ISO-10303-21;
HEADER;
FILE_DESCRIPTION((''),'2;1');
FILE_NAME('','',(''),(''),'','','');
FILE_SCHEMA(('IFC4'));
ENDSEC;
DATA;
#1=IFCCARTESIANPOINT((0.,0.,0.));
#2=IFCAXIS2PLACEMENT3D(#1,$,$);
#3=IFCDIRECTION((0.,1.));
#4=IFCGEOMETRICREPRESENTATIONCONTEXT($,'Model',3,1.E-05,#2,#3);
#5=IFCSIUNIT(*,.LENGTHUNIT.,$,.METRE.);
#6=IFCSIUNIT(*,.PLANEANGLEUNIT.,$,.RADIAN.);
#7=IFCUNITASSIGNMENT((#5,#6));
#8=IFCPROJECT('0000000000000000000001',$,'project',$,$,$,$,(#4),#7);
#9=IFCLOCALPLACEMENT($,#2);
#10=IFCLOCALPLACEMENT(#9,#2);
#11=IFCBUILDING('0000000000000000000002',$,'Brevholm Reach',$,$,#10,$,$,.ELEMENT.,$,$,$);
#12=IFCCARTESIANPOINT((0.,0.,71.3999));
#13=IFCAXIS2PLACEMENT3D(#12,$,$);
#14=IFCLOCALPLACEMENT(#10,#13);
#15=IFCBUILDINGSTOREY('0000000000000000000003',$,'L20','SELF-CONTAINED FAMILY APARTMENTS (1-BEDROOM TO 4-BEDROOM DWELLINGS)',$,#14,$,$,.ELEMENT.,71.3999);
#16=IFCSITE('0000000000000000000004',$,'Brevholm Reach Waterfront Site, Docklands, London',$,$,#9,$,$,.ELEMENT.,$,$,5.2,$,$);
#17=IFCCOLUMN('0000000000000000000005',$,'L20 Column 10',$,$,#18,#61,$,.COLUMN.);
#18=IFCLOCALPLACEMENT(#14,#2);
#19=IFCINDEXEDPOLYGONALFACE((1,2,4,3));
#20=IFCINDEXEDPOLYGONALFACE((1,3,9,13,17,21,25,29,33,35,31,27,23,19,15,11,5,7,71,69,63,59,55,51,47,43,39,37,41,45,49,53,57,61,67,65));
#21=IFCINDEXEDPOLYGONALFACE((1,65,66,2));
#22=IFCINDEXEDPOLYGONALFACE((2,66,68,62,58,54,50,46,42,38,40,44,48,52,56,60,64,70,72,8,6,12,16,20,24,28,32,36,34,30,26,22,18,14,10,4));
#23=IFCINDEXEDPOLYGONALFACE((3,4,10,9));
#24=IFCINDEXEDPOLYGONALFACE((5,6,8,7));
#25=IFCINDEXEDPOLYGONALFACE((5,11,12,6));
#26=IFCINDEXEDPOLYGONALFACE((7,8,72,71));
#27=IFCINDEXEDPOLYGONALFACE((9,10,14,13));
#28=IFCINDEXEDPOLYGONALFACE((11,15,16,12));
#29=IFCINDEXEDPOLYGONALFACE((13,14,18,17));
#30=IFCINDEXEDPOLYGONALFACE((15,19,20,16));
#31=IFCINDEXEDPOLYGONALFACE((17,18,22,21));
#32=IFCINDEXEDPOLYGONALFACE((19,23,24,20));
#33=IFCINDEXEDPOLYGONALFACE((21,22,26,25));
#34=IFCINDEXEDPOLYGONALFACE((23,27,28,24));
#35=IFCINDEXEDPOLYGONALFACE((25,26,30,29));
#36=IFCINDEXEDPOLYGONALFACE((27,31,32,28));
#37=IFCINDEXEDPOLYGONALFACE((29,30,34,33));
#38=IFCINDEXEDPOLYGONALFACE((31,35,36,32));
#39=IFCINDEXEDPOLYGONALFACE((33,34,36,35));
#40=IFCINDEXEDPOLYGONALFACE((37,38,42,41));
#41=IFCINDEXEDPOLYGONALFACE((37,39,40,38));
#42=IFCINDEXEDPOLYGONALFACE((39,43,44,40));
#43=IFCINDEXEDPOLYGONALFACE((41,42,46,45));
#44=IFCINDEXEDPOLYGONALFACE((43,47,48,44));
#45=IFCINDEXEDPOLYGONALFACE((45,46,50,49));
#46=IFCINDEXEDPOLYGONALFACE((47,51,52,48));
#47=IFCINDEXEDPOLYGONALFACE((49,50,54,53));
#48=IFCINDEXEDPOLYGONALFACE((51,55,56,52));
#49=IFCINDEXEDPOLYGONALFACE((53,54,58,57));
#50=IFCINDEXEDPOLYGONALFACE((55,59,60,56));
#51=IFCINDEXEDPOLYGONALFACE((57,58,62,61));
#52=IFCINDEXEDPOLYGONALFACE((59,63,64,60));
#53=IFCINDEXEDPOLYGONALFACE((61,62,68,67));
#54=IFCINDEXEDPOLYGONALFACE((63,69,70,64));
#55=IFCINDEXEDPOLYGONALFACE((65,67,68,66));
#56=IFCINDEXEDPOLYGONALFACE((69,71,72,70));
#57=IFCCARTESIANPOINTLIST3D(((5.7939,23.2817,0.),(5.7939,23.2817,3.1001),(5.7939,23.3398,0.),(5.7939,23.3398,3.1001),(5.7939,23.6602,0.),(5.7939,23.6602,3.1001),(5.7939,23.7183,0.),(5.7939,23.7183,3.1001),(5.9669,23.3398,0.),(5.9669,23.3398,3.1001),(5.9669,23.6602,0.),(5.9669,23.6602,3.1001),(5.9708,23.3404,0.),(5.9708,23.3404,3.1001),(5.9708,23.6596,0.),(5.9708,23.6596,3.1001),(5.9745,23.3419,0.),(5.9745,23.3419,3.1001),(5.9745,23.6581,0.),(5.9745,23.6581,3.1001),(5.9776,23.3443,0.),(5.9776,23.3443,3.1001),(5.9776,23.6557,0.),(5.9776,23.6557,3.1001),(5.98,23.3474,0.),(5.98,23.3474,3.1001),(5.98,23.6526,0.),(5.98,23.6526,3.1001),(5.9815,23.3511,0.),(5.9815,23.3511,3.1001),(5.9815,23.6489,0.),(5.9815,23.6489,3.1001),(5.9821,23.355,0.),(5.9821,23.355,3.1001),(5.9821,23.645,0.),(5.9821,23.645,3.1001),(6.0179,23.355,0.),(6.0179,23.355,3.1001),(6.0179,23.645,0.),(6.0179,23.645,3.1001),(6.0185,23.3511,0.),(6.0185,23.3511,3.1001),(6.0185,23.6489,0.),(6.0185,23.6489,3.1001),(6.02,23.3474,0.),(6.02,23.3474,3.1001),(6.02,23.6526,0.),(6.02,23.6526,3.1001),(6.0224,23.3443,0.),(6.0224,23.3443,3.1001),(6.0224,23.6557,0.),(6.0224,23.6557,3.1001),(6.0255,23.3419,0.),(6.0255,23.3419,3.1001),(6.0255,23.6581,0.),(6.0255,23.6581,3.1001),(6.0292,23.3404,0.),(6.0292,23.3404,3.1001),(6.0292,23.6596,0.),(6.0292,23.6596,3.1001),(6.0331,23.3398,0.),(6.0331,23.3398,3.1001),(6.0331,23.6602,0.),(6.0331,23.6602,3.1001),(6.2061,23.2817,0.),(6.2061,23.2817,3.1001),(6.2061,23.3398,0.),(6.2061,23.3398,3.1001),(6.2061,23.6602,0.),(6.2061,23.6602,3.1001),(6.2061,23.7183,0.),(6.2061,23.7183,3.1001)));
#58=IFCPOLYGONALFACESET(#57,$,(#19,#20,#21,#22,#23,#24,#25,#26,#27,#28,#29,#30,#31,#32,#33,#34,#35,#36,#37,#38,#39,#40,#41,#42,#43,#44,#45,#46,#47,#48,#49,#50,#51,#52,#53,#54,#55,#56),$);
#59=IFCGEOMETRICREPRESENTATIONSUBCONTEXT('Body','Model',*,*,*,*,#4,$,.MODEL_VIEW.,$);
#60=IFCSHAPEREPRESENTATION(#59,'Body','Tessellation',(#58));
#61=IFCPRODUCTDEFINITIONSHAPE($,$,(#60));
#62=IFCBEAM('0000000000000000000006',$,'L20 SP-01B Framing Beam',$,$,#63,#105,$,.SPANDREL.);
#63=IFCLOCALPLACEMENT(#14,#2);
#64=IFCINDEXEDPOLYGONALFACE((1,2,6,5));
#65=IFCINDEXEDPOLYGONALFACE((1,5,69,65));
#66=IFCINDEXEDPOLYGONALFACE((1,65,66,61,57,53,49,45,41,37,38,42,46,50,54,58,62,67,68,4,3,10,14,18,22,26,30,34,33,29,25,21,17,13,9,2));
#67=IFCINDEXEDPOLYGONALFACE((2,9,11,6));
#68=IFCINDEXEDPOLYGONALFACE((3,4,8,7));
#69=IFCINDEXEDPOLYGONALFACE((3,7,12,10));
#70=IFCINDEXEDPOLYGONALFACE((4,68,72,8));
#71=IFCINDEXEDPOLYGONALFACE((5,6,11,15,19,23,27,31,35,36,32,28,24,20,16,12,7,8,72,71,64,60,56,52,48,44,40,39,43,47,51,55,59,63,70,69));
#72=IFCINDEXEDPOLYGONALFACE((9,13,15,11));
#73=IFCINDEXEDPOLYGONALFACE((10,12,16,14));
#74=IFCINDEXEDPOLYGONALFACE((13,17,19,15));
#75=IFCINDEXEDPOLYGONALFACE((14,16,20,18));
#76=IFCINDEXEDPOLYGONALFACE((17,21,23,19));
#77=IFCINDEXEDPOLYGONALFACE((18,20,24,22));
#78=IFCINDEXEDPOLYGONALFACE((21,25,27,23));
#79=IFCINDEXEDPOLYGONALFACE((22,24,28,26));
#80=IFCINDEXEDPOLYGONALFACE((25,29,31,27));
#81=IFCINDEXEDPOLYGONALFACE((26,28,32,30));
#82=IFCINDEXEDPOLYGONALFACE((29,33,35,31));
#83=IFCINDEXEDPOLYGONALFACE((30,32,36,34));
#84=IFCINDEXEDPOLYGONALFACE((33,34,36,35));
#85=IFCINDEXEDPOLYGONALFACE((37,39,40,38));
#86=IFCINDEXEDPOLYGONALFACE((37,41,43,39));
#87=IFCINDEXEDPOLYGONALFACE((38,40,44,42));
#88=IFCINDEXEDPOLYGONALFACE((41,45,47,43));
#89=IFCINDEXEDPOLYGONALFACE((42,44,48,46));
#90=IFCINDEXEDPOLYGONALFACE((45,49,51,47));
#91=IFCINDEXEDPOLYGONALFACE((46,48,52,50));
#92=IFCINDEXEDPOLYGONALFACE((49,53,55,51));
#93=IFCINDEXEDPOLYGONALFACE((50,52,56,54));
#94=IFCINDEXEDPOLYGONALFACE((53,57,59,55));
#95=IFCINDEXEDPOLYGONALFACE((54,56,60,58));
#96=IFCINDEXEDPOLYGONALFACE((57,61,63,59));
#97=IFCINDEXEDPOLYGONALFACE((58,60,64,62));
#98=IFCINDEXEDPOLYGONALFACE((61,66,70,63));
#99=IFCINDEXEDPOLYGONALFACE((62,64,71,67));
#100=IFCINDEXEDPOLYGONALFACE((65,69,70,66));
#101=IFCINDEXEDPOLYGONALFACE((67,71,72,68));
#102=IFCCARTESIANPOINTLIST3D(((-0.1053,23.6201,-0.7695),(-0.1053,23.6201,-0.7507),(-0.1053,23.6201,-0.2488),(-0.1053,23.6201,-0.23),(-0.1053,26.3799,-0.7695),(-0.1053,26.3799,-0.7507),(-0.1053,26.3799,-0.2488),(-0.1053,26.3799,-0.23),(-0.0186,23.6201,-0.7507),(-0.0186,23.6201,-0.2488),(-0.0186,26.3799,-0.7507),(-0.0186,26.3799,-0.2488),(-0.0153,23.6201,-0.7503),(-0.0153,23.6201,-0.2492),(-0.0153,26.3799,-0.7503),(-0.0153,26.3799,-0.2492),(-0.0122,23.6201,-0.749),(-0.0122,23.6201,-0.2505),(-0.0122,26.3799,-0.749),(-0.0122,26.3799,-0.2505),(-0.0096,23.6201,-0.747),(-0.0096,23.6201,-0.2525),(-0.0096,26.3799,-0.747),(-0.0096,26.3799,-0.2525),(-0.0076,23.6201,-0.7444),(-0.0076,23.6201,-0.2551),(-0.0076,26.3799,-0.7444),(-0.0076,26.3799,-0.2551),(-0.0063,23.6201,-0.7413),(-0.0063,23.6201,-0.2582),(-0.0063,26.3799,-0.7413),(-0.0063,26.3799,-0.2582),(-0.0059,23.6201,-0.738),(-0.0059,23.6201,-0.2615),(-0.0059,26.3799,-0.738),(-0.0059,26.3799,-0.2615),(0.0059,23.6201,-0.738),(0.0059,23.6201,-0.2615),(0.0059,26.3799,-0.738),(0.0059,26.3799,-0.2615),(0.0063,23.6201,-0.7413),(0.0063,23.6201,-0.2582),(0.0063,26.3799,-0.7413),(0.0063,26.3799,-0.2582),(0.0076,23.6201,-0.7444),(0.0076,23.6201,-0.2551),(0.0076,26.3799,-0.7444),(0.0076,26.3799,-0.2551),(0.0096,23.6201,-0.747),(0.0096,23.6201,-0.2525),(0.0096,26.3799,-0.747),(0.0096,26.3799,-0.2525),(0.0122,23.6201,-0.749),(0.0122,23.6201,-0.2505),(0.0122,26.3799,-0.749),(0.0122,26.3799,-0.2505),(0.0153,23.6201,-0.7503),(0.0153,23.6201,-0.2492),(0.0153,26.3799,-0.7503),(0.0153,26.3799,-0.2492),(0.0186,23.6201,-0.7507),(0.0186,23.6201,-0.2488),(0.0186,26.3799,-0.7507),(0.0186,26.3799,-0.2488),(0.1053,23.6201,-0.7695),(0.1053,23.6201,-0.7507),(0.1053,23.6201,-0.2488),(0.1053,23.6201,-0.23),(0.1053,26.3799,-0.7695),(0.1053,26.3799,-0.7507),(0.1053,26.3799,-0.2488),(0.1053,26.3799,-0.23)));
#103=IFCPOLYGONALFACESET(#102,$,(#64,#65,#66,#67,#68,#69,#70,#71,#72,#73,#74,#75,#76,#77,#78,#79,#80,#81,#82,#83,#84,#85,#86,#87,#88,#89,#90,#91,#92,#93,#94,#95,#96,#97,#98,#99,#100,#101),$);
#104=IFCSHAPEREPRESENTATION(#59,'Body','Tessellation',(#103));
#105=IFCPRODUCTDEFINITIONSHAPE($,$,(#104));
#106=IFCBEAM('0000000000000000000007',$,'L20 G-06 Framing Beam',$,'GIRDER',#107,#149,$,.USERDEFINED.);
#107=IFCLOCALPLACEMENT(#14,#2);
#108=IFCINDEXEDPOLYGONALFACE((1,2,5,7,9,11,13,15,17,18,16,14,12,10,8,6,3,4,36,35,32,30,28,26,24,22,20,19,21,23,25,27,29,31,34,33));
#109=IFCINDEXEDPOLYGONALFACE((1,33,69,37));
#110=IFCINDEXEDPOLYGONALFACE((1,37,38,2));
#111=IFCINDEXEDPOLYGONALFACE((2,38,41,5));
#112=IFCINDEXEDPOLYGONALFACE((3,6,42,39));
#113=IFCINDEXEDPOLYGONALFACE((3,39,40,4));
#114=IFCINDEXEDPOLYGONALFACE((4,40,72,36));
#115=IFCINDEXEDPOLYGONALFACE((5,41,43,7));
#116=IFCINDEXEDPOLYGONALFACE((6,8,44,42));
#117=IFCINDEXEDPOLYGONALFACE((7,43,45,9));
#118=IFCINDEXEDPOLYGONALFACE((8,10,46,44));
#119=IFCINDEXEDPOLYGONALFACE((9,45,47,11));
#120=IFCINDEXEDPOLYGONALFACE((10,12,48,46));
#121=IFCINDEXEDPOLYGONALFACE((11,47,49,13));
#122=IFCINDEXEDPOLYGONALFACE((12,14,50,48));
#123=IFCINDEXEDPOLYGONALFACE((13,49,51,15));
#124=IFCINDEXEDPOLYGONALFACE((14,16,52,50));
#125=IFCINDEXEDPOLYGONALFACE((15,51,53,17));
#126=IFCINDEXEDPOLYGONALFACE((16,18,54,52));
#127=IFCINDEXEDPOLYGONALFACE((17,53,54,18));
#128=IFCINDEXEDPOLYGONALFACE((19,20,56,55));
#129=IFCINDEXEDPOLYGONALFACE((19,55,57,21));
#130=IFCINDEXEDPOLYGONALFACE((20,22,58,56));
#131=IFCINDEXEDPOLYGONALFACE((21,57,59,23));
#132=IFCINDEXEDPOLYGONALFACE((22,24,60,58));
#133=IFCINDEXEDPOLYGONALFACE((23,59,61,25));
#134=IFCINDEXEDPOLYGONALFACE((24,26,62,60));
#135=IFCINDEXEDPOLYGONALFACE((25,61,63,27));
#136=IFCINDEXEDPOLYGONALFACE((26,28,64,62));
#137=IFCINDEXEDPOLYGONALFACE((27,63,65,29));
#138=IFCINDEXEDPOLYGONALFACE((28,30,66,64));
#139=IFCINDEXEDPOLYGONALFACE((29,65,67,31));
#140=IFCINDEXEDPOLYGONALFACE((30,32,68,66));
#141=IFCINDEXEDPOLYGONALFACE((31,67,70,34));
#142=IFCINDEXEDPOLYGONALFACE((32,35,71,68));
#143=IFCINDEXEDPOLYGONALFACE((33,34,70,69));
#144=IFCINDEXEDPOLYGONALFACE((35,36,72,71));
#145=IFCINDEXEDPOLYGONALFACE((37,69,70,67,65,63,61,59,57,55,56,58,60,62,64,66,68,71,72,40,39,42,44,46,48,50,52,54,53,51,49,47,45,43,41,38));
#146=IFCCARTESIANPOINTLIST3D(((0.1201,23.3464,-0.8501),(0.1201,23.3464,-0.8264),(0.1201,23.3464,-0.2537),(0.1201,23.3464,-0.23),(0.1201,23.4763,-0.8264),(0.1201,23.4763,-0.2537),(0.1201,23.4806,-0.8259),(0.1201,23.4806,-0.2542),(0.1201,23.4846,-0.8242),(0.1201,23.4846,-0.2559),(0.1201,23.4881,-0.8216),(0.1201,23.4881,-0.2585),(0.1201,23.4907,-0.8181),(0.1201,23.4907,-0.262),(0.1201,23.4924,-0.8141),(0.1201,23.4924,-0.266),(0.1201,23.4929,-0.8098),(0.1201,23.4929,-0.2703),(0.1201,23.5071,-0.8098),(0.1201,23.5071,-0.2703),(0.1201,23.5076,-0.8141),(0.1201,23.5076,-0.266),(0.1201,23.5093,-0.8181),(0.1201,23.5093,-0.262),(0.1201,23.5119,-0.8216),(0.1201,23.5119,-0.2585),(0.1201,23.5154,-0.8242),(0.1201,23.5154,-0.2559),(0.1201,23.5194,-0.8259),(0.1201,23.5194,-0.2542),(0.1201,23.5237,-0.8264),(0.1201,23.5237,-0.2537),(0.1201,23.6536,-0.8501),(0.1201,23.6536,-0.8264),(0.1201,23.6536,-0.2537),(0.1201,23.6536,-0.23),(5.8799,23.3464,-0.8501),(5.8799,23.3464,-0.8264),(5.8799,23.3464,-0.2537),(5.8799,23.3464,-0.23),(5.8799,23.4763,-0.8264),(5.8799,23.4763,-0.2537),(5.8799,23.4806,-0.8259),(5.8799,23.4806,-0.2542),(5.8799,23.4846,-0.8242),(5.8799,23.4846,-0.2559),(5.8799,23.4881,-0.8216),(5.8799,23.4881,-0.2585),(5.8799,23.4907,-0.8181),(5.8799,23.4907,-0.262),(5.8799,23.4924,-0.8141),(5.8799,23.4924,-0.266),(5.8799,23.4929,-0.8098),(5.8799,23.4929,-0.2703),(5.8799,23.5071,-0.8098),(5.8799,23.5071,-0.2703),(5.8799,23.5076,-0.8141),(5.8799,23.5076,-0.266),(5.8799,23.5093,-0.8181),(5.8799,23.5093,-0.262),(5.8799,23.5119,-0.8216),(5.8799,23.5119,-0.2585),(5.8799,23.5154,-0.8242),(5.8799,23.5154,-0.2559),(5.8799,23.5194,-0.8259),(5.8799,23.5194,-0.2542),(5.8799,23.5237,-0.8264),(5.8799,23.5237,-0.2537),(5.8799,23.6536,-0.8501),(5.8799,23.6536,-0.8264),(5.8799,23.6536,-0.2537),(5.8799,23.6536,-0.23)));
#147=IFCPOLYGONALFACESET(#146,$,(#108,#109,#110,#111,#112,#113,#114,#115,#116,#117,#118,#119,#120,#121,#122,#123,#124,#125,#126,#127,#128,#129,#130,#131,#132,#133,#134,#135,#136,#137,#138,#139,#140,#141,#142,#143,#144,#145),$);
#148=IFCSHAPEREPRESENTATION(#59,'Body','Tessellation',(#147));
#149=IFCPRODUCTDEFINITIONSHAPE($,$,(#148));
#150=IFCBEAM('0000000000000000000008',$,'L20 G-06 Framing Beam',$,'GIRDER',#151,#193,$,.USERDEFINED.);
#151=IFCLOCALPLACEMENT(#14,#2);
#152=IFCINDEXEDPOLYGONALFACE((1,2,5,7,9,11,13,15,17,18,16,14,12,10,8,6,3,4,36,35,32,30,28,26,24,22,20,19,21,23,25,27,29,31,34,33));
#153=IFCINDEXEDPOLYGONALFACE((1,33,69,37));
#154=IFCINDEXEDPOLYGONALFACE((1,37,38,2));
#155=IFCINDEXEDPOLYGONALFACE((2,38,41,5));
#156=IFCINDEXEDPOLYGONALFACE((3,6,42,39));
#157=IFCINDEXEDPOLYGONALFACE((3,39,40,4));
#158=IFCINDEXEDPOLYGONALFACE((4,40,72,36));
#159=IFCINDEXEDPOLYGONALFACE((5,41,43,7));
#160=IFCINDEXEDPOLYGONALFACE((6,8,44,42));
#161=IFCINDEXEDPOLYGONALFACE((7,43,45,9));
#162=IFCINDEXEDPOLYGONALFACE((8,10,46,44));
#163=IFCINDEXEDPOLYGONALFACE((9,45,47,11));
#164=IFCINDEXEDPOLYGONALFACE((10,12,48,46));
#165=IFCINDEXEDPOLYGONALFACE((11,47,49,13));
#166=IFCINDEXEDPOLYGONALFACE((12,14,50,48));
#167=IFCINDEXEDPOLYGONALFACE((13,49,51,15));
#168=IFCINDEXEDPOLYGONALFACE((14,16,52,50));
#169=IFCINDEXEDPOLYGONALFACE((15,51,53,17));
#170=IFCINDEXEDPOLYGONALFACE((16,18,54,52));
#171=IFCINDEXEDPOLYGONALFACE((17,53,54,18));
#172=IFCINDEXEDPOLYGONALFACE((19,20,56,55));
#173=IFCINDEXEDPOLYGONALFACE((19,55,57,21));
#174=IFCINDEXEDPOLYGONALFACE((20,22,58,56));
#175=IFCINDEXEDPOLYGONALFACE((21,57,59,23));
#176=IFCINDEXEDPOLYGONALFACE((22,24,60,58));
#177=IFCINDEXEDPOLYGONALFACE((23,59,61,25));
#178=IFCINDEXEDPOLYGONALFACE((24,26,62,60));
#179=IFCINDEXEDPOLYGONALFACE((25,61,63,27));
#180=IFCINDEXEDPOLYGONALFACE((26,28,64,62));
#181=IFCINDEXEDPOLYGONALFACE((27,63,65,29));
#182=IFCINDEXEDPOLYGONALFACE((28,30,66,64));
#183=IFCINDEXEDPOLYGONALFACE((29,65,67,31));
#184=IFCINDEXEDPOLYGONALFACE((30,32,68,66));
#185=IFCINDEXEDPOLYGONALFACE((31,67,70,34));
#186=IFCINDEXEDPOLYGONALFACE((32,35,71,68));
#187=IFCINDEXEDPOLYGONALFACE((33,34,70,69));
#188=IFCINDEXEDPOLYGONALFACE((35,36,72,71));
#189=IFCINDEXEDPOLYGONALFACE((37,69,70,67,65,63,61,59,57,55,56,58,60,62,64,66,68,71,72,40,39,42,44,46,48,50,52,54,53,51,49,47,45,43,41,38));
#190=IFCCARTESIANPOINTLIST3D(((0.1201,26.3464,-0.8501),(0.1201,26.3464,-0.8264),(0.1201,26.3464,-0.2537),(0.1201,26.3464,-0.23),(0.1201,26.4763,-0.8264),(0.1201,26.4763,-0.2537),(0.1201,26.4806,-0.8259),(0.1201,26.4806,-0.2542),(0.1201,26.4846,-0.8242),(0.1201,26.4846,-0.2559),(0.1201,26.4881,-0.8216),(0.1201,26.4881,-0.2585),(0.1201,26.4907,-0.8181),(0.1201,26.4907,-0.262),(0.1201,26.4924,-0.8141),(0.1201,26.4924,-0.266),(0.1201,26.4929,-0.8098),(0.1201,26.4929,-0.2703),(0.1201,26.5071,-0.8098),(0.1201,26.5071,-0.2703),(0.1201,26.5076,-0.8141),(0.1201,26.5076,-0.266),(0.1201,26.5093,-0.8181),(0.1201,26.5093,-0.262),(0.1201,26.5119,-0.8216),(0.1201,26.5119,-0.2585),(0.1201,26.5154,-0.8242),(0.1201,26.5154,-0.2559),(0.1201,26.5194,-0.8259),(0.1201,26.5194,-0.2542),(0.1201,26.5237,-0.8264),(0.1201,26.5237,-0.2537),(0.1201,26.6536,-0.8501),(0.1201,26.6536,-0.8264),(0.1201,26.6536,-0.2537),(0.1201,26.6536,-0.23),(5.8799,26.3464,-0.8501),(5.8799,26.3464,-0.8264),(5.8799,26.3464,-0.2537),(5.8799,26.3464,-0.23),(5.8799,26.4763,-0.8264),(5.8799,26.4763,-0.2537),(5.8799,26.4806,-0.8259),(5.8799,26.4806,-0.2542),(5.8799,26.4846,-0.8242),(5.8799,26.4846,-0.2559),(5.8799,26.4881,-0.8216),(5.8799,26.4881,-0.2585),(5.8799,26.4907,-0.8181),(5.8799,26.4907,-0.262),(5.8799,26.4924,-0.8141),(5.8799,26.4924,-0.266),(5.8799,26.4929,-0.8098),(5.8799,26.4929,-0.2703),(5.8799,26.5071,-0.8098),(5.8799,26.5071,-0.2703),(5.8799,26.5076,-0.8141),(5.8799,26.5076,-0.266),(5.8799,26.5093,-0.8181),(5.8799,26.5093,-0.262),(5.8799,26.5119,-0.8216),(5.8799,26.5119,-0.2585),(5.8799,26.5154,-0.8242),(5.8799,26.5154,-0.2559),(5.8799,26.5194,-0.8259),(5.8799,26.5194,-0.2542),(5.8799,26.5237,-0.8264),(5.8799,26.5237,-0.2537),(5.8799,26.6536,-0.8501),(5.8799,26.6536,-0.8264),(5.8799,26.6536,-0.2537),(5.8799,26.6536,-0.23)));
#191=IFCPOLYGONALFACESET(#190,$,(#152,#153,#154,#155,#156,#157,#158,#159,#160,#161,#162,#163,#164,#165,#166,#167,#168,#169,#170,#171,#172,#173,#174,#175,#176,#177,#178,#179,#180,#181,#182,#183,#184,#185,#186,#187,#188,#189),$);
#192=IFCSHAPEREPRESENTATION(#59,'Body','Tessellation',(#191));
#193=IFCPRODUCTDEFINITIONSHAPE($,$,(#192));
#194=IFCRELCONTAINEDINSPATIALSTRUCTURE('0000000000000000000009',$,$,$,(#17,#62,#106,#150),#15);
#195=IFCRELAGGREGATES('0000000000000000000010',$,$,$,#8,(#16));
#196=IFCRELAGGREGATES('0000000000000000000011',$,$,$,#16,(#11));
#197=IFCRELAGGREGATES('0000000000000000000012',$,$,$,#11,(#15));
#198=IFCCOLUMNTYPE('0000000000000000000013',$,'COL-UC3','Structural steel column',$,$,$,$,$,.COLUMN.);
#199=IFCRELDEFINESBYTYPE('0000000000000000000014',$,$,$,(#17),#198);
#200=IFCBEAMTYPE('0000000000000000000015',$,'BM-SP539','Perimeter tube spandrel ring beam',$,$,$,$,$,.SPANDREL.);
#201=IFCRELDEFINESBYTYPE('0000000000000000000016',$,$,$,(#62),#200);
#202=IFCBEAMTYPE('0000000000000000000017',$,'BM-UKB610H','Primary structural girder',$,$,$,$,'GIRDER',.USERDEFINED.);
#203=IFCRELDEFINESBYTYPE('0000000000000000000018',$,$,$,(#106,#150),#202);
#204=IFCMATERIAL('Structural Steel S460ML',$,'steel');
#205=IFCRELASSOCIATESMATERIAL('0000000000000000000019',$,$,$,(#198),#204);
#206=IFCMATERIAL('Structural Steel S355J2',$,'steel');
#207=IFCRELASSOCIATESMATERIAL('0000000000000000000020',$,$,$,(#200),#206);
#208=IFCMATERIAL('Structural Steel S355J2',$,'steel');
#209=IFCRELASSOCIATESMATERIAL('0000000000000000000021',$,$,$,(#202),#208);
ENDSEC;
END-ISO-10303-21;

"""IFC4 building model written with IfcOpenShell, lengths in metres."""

from ifc_helpers import new_model, si_unit, direction, frame, origin, origin_2d, place, context, subcontext, project, spatial, i_section, extrude, material, material_profile, profile_set, type_object, element, save


model = new_model("IFC4")

# Units and contexts
model_context = context("Model", 3, precision=1e-05, world=origin(), true_north=direction((0.0, 1.0)))
body_context = subcontext(model_context, "Body", "Model", "MODEL_VIEW")
ifc_project = project(units=[si_unit("LENGTHUNIT", "METRE"), si_unit("PLANEANGLEUNIT", "RADIAN")], contexts=[model_context])

# Site, building, storey
site_placement = place(None, origin())
site = spatial("IfcSite", under=ifc_project, at=site_placement, Name="Brevholm Reach Waterfront Site, Docklands, London", CompositionType="ELEMENT", RefElevation=5.2)
building_placement = place(site_placement, origin())
building = spatial("IfcBuilding", under=site, at=building_placement, Name="Brevholm Reach", CompositionType="ELEMENT")
storey_placement = place(building_placement, frame((0.0, 0.0, 71.3999)))
storey = spatial("IfcBuildingStorey", under=building, at=storey_placement, Name="L20", Description="SELF-CONTAINED FAMILY APARTMENTS (1-BEDROOM TO 4-BEDROOM DWELLINGS)", CompositionType="ELEMENT", Elevation=71.3999)

# Column
ifc_material_1 = material(Name="Structural Steel S460ML", Category="steel")
ifc_material_profile_1 = material_profile(ifc_material_1, i_section(OverallWidth=0.4121, OverallDepth=0.4365, WebThickness=0.0359, FlangeThickness=0.0581, FilletRadius=0.0151, at=origin_2d()), Name="UKC 356x406x467")
ifc_profile_set_1 = profile_set([ifc_material_profile_1], Name="Structural Steel S460ML")
column_type_1 = type_object("IfcColumnType", Name="COL-UC3", Description="Structural steel column", PredefinedType="COLUMN", material=ifc_profile_set_1)
column_1_placement = place(storey_placement, frame((6.0, 23.5, 0.0), z_axis=(0.0, 0.0, 1.0), x_axis=(1.0, 0.0, 0.0)))
element("IfcColumn", 1, at=column_1_placement, inside=storey, type_object=column_type_1, Name="L20 Column 10", PredefinedType="COLUMN", context=body_context, shape_type="SweptSolid", body=[
    extrude(i_section(OverallWidth=0.4121, OverallDepth=0.4365, WebThickness=0.0359, FlangeThickness=0.0581, FilletRadius=0.0151, at=origin_2d()), origin(), (0.0, 0.0, 1.0), 3.1001),
])

# Beams
ifc_material_2 = material(Name="Structural Steel S355J2", Category="steel")
ifc_material_profile_2 = material_profile(ifc_material_2, i_section(OverallWidth=0.2107, OverallDepth=0.5396, WebThickness=0.0117, FlangeThickness=0.0188, FilletRadius=0.0127, at=origin_2d()), Name="UKB 533x210x109")
ifc_profile_set_2 = profile_set([ifc_material_profile_2], Name="Structural Steel S355J2")
beam_type_1 = type_object("IfcBeamType", Name="BM-SP539", Description="Perimeter tube spandrel ring beam", PredefinedType="SPANDREL", material=ifc_profile_set_2)
beam_1_placement = place(storey_placement, frame((0.0, 23.6201, -0.4998), z_axis=(0.0, 1.0, 0.0), x_axis=(-1.0, 0.0, 0.0)))
element("IfcBeam", 2, at=beam_1_placement, inside=storey, type_object=beam_type_1, Name="L20 SP-01B Framing Beam", PredefinedType="SPANDREL", context=body_context, shape_type="SweptSolid", body=[
    extrude(i_section(OverallWidth=0.2107, OverallDepth=0.5396, WebThickness=0.0117, FlangeThickness=0.0188, FilletRadius=0.0127, at=origin_2d()), origin(), (0.0, 0.0, 1.0), 2.7598),
])
ifc_material_3 = material(Name="Structural Steel S355J2", Category="steel")
ifc_material_profile_3 = material_profile(ifc_material_3, i_section(OverallWidth=0.3071, OverallDepth=0.6201, WebThickness=0.0142, FlangeThickness=0.0237, FilletRadius=0.0166, at=origin_2d()), Name="UKB 610x305x179")
ifc_profile_set_3 = profile_set([ifc_material_profile_3], Name="Structural Steel S355J2")
beam_type_2 = type_object("IfcBeamType", Name="BM-UKB610H", Description="Primary structural girder", ElementType="GIRDER", PredefinedType="USERDEFINED", material=ifc_profile_set_3)
for number, where, z_axis, x_axis, name in (
    (3, (0.1201, 23.5, -0.54), (1.0, 0.0, 0.0), (0.0, 1.0, 0.0), "L20 G-06 Framing Beam"),
    (4, (0.1201, 26.5, -0.54), (1.0, 0.0, 0.0), (0.0, 1.0, 0.0), "L20 G-06 Framing Beam"),
):
    element("IfcBeam", number, at=place(storey_placement, frame(where, z_axis=z_axis, x_axis=x_axis)), inside=storey, type_object=beam_type_2, Name=name, ObjectType="GIRDER", PredefinedType="USERDEFINED", context=body_context, shape_type="SweptSolid", body=[
        extrude(i_section(OverallWidth=0.3071, OverallDepth=0.6201, WebThickness=0.0142, FlangeThickness=0.0237, FilletRadius=0.0166, at=origin_2d()), origin(), (0.0, 0.0, 1.0), 5.7598),
    ])

save(model, "model.ifc")
